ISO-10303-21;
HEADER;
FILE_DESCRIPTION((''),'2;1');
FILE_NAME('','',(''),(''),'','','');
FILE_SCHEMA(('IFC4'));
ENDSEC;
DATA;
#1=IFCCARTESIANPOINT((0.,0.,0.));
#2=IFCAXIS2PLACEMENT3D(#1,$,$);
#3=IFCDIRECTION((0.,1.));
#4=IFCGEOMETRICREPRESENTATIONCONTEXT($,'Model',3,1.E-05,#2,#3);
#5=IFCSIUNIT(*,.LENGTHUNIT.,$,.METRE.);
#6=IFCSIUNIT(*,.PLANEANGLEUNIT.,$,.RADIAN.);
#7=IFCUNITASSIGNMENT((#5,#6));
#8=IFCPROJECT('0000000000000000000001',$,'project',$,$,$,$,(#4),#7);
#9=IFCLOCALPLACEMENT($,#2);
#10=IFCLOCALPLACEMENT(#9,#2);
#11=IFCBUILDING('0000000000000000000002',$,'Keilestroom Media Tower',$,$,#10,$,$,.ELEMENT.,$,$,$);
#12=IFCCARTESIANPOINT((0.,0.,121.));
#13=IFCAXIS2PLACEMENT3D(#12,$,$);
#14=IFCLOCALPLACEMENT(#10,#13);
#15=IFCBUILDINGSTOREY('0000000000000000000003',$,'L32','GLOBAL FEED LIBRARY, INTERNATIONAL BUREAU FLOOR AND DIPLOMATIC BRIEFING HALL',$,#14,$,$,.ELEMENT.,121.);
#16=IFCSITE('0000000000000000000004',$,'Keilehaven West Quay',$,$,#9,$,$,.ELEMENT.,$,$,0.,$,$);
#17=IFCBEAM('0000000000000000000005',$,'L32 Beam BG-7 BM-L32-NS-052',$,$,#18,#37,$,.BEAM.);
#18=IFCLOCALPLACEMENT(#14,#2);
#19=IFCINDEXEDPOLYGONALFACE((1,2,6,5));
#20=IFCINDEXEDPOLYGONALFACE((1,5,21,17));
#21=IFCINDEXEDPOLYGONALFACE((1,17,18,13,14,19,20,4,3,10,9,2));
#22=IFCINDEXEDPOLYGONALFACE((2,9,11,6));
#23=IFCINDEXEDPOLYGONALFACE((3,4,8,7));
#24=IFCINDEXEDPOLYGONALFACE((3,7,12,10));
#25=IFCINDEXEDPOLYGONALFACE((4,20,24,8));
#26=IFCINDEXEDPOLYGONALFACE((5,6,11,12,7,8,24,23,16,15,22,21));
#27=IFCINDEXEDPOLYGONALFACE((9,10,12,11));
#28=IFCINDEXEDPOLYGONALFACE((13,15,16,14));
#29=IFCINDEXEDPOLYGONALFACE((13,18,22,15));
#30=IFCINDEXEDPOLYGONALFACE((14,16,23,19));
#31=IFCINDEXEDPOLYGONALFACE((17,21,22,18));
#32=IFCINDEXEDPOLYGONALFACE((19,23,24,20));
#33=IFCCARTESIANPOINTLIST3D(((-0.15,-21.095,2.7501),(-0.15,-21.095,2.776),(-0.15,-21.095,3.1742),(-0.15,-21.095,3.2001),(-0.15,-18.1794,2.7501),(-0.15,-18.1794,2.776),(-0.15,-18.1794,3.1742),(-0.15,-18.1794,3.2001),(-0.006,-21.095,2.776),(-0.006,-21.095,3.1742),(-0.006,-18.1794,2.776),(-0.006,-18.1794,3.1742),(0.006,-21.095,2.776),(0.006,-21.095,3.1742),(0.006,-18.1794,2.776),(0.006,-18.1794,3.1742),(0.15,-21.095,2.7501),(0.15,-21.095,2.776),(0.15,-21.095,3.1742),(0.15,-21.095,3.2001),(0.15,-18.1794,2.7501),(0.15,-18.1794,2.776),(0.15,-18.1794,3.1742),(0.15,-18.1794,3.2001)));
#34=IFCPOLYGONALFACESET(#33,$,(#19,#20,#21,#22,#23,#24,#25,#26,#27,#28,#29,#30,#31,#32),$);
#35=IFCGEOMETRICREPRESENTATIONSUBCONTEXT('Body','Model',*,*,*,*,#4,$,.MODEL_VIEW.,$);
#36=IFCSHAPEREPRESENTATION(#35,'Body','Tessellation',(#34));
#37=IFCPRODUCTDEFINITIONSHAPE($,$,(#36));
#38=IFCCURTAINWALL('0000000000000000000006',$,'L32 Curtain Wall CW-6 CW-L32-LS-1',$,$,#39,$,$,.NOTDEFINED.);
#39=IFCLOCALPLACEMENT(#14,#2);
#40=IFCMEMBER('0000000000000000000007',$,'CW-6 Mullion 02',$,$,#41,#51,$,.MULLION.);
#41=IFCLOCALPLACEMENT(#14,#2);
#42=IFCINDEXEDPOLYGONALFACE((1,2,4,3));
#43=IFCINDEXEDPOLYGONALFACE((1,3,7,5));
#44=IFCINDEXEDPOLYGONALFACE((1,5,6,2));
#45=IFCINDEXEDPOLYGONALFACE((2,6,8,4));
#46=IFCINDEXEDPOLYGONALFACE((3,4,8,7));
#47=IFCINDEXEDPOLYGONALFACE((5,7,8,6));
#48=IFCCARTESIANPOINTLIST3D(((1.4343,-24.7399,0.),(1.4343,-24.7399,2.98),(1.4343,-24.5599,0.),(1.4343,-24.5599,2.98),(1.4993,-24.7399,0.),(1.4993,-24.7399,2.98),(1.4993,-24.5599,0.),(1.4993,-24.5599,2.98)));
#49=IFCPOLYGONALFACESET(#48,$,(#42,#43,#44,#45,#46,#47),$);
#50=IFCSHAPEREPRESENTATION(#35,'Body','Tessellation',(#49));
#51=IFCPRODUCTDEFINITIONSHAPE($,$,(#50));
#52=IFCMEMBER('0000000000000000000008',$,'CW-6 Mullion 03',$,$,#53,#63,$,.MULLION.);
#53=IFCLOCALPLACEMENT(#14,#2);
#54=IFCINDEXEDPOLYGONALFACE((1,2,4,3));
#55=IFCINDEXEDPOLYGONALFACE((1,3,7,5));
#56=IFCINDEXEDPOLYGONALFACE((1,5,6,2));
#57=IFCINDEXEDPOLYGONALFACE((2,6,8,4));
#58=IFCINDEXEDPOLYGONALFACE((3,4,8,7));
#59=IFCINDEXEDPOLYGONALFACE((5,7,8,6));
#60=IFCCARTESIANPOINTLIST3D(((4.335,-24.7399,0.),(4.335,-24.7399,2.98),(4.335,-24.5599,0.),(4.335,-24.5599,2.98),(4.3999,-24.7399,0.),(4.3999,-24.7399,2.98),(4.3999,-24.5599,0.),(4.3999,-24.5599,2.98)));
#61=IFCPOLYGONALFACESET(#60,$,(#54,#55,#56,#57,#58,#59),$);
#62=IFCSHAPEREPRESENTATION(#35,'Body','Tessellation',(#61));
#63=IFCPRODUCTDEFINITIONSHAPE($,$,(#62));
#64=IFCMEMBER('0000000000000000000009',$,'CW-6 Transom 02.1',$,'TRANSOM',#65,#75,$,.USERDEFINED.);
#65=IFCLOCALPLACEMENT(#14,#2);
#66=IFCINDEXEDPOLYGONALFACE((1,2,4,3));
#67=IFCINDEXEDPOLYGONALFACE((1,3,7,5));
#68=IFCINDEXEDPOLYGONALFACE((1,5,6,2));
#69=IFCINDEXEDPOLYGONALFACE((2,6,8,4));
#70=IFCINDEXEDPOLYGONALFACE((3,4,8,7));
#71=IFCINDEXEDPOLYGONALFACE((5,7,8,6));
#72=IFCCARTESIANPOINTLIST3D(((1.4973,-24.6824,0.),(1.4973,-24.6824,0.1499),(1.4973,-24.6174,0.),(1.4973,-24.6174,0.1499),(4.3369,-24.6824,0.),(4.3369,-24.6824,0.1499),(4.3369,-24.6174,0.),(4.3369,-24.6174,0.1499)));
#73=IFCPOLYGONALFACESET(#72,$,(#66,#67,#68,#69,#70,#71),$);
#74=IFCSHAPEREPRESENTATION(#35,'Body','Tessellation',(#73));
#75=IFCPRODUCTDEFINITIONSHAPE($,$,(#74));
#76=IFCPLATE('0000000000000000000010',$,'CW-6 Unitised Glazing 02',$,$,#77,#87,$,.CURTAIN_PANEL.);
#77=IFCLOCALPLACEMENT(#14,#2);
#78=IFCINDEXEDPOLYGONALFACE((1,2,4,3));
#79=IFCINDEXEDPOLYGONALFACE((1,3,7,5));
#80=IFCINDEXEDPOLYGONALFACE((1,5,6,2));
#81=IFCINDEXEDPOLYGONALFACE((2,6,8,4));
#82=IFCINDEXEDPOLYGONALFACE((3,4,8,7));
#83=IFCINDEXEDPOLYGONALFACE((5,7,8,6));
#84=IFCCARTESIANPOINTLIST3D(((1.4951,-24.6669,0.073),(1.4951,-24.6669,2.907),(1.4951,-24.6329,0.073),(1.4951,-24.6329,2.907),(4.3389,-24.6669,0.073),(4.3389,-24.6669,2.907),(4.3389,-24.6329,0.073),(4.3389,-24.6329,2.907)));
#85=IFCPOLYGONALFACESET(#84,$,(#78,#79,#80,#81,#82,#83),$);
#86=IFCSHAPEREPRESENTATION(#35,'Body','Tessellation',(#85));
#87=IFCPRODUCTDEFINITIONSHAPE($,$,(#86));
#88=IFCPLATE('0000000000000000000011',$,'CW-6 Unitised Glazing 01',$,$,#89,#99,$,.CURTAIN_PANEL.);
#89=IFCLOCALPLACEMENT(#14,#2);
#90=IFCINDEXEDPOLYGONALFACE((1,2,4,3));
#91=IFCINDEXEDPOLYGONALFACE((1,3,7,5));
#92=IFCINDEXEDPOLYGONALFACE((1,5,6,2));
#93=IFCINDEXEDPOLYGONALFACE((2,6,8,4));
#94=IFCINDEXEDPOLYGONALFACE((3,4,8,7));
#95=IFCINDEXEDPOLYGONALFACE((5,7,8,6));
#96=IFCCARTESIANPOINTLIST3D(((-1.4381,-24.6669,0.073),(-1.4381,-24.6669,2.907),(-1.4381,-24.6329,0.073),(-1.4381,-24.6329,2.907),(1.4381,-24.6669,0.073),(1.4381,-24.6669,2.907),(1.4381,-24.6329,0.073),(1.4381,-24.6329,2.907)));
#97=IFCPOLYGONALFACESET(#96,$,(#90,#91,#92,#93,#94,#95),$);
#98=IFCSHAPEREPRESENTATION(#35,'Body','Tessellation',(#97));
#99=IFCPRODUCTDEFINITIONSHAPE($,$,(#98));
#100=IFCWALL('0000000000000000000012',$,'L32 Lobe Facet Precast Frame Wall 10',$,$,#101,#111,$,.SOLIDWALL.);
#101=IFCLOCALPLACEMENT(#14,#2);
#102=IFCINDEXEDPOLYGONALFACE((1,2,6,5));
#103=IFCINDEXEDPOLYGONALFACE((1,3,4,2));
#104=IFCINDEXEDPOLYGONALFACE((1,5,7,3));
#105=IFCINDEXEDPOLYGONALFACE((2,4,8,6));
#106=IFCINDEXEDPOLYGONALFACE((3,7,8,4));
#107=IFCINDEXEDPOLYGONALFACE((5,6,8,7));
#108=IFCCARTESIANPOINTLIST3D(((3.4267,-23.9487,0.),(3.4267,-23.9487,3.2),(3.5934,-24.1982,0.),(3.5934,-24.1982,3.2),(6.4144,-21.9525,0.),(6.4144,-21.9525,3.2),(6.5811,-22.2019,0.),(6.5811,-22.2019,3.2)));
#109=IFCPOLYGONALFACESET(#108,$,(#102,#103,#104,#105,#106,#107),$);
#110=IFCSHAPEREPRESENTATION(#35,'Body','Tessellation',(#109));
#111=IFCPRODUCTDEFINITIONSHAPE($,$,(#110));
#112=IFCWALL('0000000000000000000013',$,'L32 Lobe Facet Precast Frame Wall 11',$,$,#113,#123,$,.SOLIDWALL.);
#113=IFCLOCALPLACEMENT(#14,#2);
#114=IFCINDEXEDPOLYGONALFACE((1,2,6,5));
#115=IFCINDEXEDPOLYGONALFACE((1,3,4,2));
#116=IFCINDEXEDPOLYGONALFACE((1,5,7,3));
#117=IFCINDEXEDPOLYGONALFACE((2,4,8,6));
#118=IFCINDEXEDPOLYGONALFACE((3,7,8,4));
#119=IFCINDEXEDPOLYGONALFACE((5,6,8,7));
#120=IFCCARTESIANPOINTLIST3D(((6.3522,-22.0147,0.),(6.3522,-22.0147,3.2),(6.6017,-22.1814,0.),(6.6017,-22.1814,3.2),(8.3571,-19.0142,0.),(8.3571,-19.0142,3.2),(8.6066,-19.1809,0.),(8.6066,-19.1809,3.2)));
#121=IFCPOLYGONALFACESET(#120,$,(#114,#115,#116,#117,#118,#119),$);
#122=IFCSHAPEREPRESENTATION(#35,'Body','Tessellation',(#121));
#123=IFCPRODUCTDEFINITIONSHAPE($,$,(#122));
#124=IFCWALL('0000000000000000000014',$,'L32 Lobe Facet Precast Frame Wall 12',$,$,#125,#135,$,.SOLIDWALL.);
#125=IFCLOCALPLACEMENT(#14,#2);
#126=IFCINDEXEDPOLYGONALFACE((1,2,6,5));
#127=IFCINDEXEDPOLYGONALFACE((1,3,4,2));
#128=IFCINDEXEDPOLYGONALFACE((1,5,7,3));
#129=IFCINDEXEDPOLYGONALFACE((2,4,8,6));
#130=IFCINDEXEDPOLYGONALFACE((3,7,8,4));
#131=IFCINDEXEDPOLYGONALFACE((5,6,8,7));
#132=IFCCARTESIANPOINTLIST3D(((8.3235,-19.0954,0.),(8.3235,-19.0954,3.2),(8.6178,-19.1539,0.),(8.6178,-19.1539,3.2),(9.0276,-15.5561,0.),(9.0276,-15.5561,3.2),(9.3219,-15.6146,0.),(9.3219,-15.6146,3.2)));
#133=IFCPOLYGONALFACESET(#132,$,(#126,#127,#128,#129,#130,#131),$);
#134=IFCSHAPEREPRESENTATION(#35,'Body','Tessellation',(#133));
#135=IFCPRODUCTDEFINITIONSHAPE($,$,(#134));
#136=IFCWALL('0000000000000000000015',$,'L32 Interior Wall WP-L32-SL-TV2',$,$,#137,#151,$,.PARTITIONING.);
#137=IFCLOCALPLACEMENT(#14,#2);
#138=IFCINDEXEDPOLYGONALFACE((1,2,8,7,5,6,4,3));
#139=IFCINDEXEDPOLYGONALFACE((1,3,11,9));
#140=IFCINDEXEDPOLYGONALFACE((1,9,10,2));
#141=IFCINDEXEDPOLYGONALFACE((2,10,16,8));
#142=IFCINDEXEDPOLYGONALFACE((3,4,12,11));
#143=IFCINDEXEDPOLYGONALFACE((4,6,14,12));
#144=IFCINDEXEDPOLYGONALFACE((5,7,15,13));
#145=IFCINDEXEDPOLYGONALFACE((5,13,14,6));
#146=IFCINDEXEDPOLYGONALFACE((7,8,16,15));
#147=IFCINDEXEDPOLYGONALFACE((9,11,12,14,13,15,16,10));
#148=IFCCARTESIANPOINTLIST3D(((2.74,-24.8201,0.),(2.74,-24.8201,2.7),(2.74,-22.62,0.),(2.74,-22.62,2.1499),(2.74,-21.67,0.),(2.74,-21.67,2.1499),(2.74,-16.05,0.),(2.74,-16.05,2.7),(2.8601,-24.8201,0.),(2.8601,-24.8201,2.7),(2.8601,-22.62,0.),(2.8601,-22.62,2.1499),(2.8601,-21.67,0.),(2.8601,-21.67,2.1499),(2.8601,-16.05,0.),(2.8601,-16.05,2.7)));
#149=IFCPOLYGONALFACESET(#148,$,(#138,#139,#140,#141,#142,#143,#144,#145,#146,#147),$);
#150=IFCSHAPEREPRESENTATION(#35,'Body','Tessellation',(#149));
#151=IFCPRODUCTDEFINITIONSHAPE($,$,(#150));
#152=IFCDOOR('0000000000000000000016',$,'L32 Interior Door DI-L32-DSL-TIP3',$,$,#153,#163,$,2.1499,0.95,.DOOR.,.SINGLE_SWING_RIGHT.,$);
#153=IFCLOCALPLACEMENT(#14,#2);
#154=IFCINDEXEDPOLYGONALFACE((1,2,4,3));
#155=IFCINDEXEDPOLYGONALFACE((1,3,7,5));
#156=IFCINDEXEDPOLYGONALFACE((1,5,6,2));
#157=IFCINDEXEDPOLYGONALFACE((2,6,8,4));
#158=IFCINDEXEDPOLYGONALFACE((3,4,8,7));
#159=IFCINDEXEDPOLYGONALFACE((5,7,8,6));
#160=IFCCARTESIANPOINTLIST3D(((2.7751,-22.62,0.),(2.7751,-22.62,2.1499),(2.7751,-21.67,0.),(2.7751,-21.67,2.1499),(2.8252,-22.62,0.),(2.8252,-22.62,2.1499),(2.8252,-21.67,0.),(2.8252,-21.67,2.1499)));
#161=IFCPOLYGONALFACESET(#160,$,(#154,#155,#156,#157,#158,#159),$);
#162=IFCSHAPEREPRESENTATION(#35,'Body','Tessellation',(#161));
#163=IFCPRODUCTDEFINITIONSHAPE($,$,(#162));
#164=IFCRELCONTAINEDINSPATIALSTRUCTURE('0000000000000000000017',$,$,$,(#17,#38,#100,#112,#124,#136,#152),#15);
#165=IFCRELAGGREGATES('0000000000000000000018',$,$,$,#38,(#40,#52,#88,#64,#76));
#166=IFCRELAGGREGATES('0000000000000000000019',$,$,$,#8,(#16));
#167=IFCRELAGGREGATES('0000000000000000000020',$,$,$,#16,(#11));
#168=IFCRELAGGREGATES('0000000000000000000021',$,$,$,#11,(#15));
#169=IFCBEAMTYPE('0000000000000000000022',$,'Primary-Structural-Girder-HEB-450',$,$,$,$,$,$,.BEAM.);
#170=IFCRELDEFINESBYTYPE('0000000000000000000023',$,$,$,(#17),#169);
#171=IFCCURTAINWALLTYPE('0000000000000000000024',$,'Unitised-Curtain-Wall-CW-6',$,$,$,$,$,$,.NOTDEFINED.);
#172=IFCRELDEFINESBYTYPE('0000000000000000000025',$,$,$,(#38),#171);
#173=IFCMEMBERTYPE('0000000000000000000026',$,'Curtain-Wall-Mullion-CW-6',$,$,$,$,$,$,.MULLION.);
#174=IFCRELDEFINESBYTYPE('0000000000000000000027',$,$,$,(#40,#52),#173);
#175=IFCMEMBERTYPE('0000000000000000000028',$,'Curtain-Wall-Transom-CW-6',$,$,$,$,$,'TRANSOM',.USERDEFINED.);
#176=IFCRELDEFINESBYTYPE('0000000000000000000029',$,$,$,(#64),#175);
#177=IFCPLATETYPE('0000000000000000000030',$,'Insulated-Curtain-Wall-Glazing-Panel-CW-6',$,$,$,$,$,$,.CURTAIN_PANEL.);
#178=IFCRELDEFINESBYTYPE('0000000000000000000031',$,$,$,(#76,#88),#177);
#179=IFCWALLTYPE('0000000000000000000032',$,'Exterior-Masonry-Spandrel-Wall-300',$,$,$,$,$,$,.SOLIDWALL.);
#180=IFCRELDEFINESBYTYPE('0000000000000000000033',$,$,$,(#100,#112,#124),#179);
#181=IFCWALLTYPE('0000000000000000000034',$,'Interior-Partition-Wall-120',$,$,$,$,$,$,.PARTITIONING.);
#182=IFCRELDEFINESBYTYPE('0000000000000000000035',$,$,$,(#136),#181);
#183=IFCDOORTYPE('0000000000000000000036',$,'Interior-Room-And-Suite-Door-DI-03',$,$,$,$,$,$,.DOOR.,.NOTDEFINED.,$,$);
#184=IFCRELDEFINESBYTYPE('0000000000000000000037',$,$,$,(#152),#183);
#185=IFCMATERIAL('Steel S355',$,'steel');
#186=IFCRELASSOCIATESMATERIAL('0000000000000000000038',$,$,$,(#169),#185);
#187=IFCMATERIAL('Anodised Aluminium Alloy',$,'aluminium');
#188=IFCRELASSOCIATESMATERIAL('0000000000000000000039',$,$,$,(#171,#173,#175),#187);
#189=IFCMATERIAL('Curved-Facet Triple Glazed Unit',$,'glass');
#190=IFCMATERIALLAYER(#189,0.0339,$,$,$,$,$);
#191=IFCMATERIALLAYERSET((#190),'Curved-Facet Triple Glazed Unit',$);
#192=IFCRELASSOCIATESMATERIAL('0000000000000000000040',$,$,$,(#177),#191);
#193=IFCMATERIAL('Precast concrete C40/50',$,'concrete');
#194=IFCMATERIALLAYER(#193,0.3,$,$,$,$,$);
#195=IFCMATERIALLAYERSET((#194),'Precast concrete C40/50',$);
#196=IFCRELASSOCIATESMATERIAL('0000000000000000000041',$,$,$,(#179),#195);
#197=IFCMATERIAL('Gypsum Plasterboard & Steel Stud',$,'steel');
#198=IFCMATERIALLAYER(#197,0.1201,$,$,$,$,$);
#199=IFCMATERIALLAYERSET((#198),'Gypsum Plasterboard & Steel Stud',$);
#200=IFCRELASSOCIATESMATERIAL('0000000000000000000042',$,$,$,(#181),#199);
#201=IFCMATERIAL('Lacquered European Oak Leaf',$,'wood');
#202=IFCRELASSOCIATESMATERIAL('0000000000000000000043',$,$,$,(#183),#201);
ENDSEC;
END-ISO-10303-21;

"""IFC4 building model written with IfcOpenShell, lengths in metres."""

from ifc_helpers import new_model, si_unit, direction, frame, frame_2d, origin, origin_2d, place, context, subcontext, project, spatial, rectangle, i_section, extrude, source, transform, mapped, material, layer, layer_set, material_profile, profile_set, type_object, element, fill, aggregate, save


model = new_model("IFC4")

# Units and contexts
model_context = context("Model", 3, precision=1e-05, world=origin(), true_north=direction((0.0, 1.0)))
body_context = subcontext(model_context, "Body", "Model", "MODEL_VIEW")
ifc_project = project(units=[si_unit("LENGTHUNIT", "METRE"), si_unit("PLANEANGLEUNIT", "RADIAN")], contexts=[model_context])

# Site, building, storey
site_placement = place(None, origin())
site = spatial("IfcSite", under=ifc_project, at=site_placement, Name="Keilehaven West Quay", CompositionType="ELEMENT", RefElevation=0.0)
building_placement = place(site_placement, origin())
building = spatial("IfcBuilding", under=site, at=building_placement, Name="Keilestroom Media Tower", CompositionType="ELEMENT")
storey_placement = place(building_placement, frame((0.0, 0.0, 121.0)))
storey = spatial("IfcBuildingStorey", under=building, at=storey_placement, Name="L32", Description="GLOBAL FEED LIBRARY, INTERNATIONAL BUREAU FLOOR AND DIPLOMATIC BRIEFING HALL", CompositionType="ELEMENT", Elevation=121.0)

# Shared definitions
ifc_material_1 = material(Name="Steel S355", Category="steel")

# Beam
ifc_material_profile_1 = material_profile(ifc_material_1, i_section(OverallWidth=0.3, OverallDepth=0.45, WebThickness=0.012, FlangeThickness=0.0259, at=origin_2d()), Name="HEB 450")
ifc_profile_set_1 = profile_set([ifc_material_profile_1], Name="Steel S355")
beam_type_1 = type_object("IfcBeamType", Name="Primary-Structural-Girder-HEB-450", PredefinedType="BEAM", material=ifc_profile_set_1)
shared_shape_1 = source(origin(), body_context, "Body", "SweptSolid", [
    extrude(i_section(OverallWidth=0.3, OverallDepth=0.45, WebThickness=0.012, FlangeThickness=0.0259, at=origin_2d()), origin(), (0.0, 0.0, 1.0), 2.9155),
])
beam_1_placement = place(storey_placement, frame((0.0, -21.095, 2.9751), z_axis=(0.0, 1.0, 0.0), x_axis=(-1.0, 0.0, 0.0)))
element("IfcBeam", 1, at=beam_1_placement, inside=storey, type_object=beam_type_1, Name="L32 Beam BG-7 BM-L32-NS-052", PredefinedType="BEAM", context=body_context, shape_type="MappedRepresentation", body=[
    mapped(shared_shape_1, transform((0.0, 0.0, 0.0), x_axis=(1.0, 0.0, 0.0), y_axis=(0.0, 1.0, 0.0), z_axis=(0.0, 0.0, 1.0), scale=1.0)),
])

# Curtain wall, members, plates
ifc_material_2 = material(Name="Anodised Aluminium Alloy", Category="aluminium")
curtain_wall_type = type_object("IfcCurtainWallType", Name="Unitised-Curtain-Wall-CW-6", PredefinedType="NOTDEFINED", material=ifc_material_2)
curtain_wall_placement = place(storey_placement, origin())
curtain_wall = element("IfcCurtainWall", 2, at=curtain_wall_placement, inside=storey, type_object=curtain_wall_type, Name="L32 Curtain Wall CW-6 CW-L32-LS-1", PredefinedType="NOTDEFINED")
ifc_material_profile_2 = material_profile(ifc_material_2, rectangle(XDim=0.0649, YDim=0.1799, at=origin_2d()), Name="ALU MULLION 65x180")
ifc_profile_set_2 = profile_set([ifc_material_profile_2], Name="Anodised Aluminium Alloy")
member_type_1 = type_object("IfcMemberType", Name="Curtain-Wall-Mullion-CW-6", PredefinedType="MULLION", material=ifc_profile_set_2)
shared_shape_2 = source(origin(), body_context, "Body", "SweptSolid", [
    extrude(rectangle(XDim=0.0649, YDim=0.1799, at=origin_2d()), origin(), (0.0, 0.0, 1.0), 2.98),
])
member_1_placement = place(storey_placement, frame((1.4668, -24.6499, 0.0), z_axis=(0.0, 0.0, 1.0), x_axis=(1.0, 0.0, 0.0)))
member_1 = element("IfcMember", 3, at=member_1_placement, type_object=member_type_1, Name="CW-6 Mullion 02", PredefinedType="MULLION", context=body_context, shape_type="MappedRepresentation", body=[
    mapped(shared_shape_2, transform((0.0, 0.0, 0.0), x_axis=(1.0, 0.0, 0.0), y_axis=(0.0, 1.0, 0.0), z_axis=(0.0, 0.0, 1.0), scale=1.0)),
])
member_2_placement = place(storey_placement, frame((4.3674, -24.6499, 0.0), z_axis=(0.0, 0.0, 1.0), x_axis=(1.0, 0.0, 0.0)))
member_2 = element("IfcMember", 4, at=member_2_placement, type_object=member_type_1, Name="CW-6 Mullion 03", PredefinedType="MULLION", context=body_context, shape_type="MappedRepresentation", body=[
    mapped(shared_shape_2, transform((0.0, 0.0, 0.0), x_axis=(1.0, 0.0, 0.0), y_axis=(0.0, 1.0, 0.0), z_axis=(0.0, 0.0, 1.0), scale=1.0)),
])
ifc_material_profile_3 = material_profile(ifc_material_2, rectangle(XDim=0.0649, YDim=0.1499, at=origin_2d()), Name="ALU TRANSOM 65x150")
ifc_profile_set_3 = profile_set([ifc_material_profile_3], Name="Anodised Aluminium Alloy")
member_type_2 = type_object("IfcMemberType", Name="Curtain-Wall-Transom-CW-6", ElementType="TRANSOM", PredefinedType="USERDEFINED", material=ifc_profile_set_3)
shared_shape_3 = source(origin(), body_context, "Body", "SweptSolid", [
    extrude(rectangle(XDim=0.0649, YDim=0.1499, at=origin_2d()), origin(), (0.0, 0.0, 1.0), 2.8396),
])
member_3_placement = place(storey_placement, frame((1.4973, -24.6499, 0.075), z_axis=(1.0, 0.0, 0.0), x_axis=(0.0, 1.0, 0.0)))
member_3 = element("IfcMember", 5, at=member_3_placement, type_object=member_type_2, Name="CW-6 Transom 02.1", ObjectType="TRANSOM", PredefinedType="USERDEFINED", context=body_context, shape_type="MappedRepresentation", body=[
    mapped(shared_shape_3, transform((0.0, 0.0, 0.0), x_axis=(1.0, 0.0, 0.0), y_axis=(0.0, 1.0, 0.0), z_axis=(0.0, 0.0, 1.0), scale=1.0)),
])
ifc_material_3 = material(Name="Curved-Facet Triple Glazed Unit", Category="glass")
ifc_layer_1 = layer(ifc_material_3, 0.0339)
ifc_layer_set_1 = layer_set([ifc_layer_1], Name="Curved-Facet Triple Glazed Unit")
plate_type = type_object("IfcPlateType", Name="Insulated-Curtain-Wall-Glazing-Panel-CW-6", PredefinedType="CURTAIN_PANEL", material=ifc_layer_set_1)
shared_shape_4 = source(origin(), body_context, "Body", "SweptSolid", [
    extrude(rectangle(XDim=2.8438, YDim=0.0339, at=origin_2d()), origin(), (0.0, 0.0, 1.0), 2.834),
])
plate_1_placement = place(storey_placement, frame((2.917, -24.6499, 0.073), z_axis=(0.0, 0.0, 1.0), x_axis=(1.0, 0.0, 0.0)))
plate_1 = element("IfcPlate", 6, at=plate_1_placement, type_object=plate_type, Name="CW-6 Unitised Glazing 02", PredefinedType="CURTAIN_PANEL", context=body_context, shape_type="MappedRepresentation", body=[
    mapped(shared_shape_4, transform((0.0, 0.0, 0.0), x_axis=(1.0, 0.0, 0.0), y_axis=(0.0, 1.0, 0.0), z_axis=(0.0, 0.0, 1.0), scale=1.0)),
])
shared_shape_5 = source(origin(), body_context, "Body", "SweptSolid", [
    extrude(rectangle(XDim=2.8762, YDim=0.0339, at=origin_2d()), origin(), (0.0, 0.0, 1.0), 2.834),
])
plate_2_placement = place(storey_placement, frame((0.0, -24.6499, 0.073), z_axis=(0.0, 0.0, 1.0), x_axis=(1.0, 0.0, 0.0)))
plate_2 = element("IfcPlate", 7, at=plate_2_placement, type_object=plate_type, Name="CW-6 Unitised Glazing 01", PredefinedType="CURTAIN_PANEL", context=body_context, shape_type="MappedRepresentation", body=[
    mapped(shared_shape_5, transform((0.0, 0.0, 0.0), x_axis=(1.0, 0.0, 0.0), y_axis=(0.0, 1.0, 0.0), z_axis=(0.0, 0.0, 1.0), scale=1.0)),
])
aggregate(curtain_wall, [member_1, member_2, plate_2, member_3, plate_1])

# Walls
ifc_material_4 = material(Name="Precast concrete C40/50", Category="concrete")
ifc_layer_2 = layer(ifc_material_4, 0.3)
ifc_layer_set_2 = layer_set([ifc_layer_2], Name="Precast concrete C40/50")
wall_type_1 = type_object("IfcWallType", Name="Exterior-Masonry-Spandrel-Wall-300", PredefinedType="SOLIDWALL", material=ifc_layer_set_2)
wall_1_placement = place(storey_placement, frame((3.51, -24.0735, 0.0), z_axis=(0.0, 0.0, 1.0), x_axis=(0.831475, 0.555562, 0.0)))
element("IfcWall", 8, at=wall_1_placement, inside=storey, type_object=wall_type_1, Name="L32 Lobe Facet Precast Frame Wall 10", PredefinedType="SOLIDWALL", context=body_context, shape_type="SweptSolid", body=[
    extrude(rectangle(XDim=3.5933, YDim=0.3, at=frame_2d((1.7966, 0.0))), origin(), (0.0, 0.0, 1.0), 3.2),
])
for number, where, z_axis, x_axis, name in (
    (9, (6.4771, -22.0979, 0.0), (0.0, 0.0, 1.0), (0.555574, 0.831467, 0.0), "L32 Lobe Facet Precast Frame Wall 11"),
    (10, (8.4707, -19.1245, 0.0), (0.0, 0.0, 1.0), (0.195114, 0.980781, 0.0), "L32 Lobe Facet Precast Frame Wall 12"),
):
    element("IfcWall", number, at=place(storey_placement, frame(where, z_axis=z_axis, x_axis=x_axis)), inside=storey, type_object=wall_type_1, Name=name, PredefinedType="SOLIDWALL", context=body_context, shape_type="SweptSolid", body=[
        extrude(rectangle(XDim=3.6086, YDim=0.3, at=frame_2d((1.8042, 0.0))), origin(), (0.0, 0.0, 1.0), 3.2),
    ])

# Wall, opening, door
ifc_material_5 = material(Name="Gypsum Plasterboard & Steel Stud", Category="steel")
ifc_layer_3 = layer(ifc_material_5, 0.1201)
ifc_layer_set_3 = layer_set([ifc_layer_3], Name="Gypsum Plasterboard & Steel Stud")
wall_type_2 = type_object("IfcWallType", Name="Interior-Partition-Wall-120", PredefinedType="PARTITIONING", material=ifc_layer_set_3)
wall_2_placement = place(storey_placement, frame((2.8, -24.8201, 0.0), z_axis=(0.0, 0.0, 1.0), x_axis=(0.0, 1.0, 0.0)))
wall_2 = element("IfcWall", 11, at=wall_2_placement, inside=storey, type_object=wall_type_2, Name="L32 Interior Wall WP-L32-SL-TV2", PredefinedType="PARTITIONING", context=body_context, shape_type="SweptSolid", body=[
    extrude(rectangle(XDim=8.77, YDim=0.1201, at=frame_2d((4.385, 0.0))), origin(), (0.0, 0.0, 1.0), 2.7),
])
opening_placement = place(wall_2_placement, frame((2.2, 0.0, 0.0)))
opening = element("IfcOpeningElement", 12, at=opening_placement, cuts=wall_2, PredefinedType="OPENING", context=body_context, shape_type="SweptSolid", body=[
    extrude(rectangle(XDim=0.95, YDim=2.1499, at=frame_2d((0.4751, 1.075))), frame((0.0, 0.0701, 0.0), z_axis=(0.0, -1.0, 0.0), x_axis=(1.0, 0.0, 0.0)), (0.0, 0.0, 1.0), 0.1401),
])
ifc_material_6 = material(Name="Lacquered European Oak Leaf", Category="wood")
door_type = type_object("IfcDoorType", Name="Interior-Room-And-Suite-Door-DI-03", OperationType="NOTDEFINED", PredefinedType="DOOR", material=ifc_material_6)
shared_shape_6 = source(origin(), body_context, "Body", "SweptSolid", [
    extrude(rectangle(XDim=0.95, YDim=2.1499, at=frame_2d((0.4751, 1.075))), frame((0.0, 0.0249, 0.0), z_axis=(0.0, -1.0, 0.0), x_axis=(1.0, 0.0, 0.0)), (0.0, 0.0, 1.0), 0.05),
])
door_placement = place(opening_placement, origin())
door = element("IfcDoor", 13, at=door_placement, inside=storey, type_object=door_type, Name="L32 Interior Door DI-L32-DSL-TIP3", OperationType="SINGLE_SWING_RIGHT", OverallHeight=2.1499, OverallWidth=0.95, PredefinedType="DOOR", context=body_context, shape_type="MappedRepresentation", body=[
    mapped(shared_shape_6, transform((0.0, 0.0, 0.0), x_axis=(1.0, 0.0, 0.0), y_axis=(0.0, 1.0, 0.0), z_axis=(0.0, 0.0, 1.0), scale=1.0)),
])
fill(opening, door)

save(model, "model.ifc")
